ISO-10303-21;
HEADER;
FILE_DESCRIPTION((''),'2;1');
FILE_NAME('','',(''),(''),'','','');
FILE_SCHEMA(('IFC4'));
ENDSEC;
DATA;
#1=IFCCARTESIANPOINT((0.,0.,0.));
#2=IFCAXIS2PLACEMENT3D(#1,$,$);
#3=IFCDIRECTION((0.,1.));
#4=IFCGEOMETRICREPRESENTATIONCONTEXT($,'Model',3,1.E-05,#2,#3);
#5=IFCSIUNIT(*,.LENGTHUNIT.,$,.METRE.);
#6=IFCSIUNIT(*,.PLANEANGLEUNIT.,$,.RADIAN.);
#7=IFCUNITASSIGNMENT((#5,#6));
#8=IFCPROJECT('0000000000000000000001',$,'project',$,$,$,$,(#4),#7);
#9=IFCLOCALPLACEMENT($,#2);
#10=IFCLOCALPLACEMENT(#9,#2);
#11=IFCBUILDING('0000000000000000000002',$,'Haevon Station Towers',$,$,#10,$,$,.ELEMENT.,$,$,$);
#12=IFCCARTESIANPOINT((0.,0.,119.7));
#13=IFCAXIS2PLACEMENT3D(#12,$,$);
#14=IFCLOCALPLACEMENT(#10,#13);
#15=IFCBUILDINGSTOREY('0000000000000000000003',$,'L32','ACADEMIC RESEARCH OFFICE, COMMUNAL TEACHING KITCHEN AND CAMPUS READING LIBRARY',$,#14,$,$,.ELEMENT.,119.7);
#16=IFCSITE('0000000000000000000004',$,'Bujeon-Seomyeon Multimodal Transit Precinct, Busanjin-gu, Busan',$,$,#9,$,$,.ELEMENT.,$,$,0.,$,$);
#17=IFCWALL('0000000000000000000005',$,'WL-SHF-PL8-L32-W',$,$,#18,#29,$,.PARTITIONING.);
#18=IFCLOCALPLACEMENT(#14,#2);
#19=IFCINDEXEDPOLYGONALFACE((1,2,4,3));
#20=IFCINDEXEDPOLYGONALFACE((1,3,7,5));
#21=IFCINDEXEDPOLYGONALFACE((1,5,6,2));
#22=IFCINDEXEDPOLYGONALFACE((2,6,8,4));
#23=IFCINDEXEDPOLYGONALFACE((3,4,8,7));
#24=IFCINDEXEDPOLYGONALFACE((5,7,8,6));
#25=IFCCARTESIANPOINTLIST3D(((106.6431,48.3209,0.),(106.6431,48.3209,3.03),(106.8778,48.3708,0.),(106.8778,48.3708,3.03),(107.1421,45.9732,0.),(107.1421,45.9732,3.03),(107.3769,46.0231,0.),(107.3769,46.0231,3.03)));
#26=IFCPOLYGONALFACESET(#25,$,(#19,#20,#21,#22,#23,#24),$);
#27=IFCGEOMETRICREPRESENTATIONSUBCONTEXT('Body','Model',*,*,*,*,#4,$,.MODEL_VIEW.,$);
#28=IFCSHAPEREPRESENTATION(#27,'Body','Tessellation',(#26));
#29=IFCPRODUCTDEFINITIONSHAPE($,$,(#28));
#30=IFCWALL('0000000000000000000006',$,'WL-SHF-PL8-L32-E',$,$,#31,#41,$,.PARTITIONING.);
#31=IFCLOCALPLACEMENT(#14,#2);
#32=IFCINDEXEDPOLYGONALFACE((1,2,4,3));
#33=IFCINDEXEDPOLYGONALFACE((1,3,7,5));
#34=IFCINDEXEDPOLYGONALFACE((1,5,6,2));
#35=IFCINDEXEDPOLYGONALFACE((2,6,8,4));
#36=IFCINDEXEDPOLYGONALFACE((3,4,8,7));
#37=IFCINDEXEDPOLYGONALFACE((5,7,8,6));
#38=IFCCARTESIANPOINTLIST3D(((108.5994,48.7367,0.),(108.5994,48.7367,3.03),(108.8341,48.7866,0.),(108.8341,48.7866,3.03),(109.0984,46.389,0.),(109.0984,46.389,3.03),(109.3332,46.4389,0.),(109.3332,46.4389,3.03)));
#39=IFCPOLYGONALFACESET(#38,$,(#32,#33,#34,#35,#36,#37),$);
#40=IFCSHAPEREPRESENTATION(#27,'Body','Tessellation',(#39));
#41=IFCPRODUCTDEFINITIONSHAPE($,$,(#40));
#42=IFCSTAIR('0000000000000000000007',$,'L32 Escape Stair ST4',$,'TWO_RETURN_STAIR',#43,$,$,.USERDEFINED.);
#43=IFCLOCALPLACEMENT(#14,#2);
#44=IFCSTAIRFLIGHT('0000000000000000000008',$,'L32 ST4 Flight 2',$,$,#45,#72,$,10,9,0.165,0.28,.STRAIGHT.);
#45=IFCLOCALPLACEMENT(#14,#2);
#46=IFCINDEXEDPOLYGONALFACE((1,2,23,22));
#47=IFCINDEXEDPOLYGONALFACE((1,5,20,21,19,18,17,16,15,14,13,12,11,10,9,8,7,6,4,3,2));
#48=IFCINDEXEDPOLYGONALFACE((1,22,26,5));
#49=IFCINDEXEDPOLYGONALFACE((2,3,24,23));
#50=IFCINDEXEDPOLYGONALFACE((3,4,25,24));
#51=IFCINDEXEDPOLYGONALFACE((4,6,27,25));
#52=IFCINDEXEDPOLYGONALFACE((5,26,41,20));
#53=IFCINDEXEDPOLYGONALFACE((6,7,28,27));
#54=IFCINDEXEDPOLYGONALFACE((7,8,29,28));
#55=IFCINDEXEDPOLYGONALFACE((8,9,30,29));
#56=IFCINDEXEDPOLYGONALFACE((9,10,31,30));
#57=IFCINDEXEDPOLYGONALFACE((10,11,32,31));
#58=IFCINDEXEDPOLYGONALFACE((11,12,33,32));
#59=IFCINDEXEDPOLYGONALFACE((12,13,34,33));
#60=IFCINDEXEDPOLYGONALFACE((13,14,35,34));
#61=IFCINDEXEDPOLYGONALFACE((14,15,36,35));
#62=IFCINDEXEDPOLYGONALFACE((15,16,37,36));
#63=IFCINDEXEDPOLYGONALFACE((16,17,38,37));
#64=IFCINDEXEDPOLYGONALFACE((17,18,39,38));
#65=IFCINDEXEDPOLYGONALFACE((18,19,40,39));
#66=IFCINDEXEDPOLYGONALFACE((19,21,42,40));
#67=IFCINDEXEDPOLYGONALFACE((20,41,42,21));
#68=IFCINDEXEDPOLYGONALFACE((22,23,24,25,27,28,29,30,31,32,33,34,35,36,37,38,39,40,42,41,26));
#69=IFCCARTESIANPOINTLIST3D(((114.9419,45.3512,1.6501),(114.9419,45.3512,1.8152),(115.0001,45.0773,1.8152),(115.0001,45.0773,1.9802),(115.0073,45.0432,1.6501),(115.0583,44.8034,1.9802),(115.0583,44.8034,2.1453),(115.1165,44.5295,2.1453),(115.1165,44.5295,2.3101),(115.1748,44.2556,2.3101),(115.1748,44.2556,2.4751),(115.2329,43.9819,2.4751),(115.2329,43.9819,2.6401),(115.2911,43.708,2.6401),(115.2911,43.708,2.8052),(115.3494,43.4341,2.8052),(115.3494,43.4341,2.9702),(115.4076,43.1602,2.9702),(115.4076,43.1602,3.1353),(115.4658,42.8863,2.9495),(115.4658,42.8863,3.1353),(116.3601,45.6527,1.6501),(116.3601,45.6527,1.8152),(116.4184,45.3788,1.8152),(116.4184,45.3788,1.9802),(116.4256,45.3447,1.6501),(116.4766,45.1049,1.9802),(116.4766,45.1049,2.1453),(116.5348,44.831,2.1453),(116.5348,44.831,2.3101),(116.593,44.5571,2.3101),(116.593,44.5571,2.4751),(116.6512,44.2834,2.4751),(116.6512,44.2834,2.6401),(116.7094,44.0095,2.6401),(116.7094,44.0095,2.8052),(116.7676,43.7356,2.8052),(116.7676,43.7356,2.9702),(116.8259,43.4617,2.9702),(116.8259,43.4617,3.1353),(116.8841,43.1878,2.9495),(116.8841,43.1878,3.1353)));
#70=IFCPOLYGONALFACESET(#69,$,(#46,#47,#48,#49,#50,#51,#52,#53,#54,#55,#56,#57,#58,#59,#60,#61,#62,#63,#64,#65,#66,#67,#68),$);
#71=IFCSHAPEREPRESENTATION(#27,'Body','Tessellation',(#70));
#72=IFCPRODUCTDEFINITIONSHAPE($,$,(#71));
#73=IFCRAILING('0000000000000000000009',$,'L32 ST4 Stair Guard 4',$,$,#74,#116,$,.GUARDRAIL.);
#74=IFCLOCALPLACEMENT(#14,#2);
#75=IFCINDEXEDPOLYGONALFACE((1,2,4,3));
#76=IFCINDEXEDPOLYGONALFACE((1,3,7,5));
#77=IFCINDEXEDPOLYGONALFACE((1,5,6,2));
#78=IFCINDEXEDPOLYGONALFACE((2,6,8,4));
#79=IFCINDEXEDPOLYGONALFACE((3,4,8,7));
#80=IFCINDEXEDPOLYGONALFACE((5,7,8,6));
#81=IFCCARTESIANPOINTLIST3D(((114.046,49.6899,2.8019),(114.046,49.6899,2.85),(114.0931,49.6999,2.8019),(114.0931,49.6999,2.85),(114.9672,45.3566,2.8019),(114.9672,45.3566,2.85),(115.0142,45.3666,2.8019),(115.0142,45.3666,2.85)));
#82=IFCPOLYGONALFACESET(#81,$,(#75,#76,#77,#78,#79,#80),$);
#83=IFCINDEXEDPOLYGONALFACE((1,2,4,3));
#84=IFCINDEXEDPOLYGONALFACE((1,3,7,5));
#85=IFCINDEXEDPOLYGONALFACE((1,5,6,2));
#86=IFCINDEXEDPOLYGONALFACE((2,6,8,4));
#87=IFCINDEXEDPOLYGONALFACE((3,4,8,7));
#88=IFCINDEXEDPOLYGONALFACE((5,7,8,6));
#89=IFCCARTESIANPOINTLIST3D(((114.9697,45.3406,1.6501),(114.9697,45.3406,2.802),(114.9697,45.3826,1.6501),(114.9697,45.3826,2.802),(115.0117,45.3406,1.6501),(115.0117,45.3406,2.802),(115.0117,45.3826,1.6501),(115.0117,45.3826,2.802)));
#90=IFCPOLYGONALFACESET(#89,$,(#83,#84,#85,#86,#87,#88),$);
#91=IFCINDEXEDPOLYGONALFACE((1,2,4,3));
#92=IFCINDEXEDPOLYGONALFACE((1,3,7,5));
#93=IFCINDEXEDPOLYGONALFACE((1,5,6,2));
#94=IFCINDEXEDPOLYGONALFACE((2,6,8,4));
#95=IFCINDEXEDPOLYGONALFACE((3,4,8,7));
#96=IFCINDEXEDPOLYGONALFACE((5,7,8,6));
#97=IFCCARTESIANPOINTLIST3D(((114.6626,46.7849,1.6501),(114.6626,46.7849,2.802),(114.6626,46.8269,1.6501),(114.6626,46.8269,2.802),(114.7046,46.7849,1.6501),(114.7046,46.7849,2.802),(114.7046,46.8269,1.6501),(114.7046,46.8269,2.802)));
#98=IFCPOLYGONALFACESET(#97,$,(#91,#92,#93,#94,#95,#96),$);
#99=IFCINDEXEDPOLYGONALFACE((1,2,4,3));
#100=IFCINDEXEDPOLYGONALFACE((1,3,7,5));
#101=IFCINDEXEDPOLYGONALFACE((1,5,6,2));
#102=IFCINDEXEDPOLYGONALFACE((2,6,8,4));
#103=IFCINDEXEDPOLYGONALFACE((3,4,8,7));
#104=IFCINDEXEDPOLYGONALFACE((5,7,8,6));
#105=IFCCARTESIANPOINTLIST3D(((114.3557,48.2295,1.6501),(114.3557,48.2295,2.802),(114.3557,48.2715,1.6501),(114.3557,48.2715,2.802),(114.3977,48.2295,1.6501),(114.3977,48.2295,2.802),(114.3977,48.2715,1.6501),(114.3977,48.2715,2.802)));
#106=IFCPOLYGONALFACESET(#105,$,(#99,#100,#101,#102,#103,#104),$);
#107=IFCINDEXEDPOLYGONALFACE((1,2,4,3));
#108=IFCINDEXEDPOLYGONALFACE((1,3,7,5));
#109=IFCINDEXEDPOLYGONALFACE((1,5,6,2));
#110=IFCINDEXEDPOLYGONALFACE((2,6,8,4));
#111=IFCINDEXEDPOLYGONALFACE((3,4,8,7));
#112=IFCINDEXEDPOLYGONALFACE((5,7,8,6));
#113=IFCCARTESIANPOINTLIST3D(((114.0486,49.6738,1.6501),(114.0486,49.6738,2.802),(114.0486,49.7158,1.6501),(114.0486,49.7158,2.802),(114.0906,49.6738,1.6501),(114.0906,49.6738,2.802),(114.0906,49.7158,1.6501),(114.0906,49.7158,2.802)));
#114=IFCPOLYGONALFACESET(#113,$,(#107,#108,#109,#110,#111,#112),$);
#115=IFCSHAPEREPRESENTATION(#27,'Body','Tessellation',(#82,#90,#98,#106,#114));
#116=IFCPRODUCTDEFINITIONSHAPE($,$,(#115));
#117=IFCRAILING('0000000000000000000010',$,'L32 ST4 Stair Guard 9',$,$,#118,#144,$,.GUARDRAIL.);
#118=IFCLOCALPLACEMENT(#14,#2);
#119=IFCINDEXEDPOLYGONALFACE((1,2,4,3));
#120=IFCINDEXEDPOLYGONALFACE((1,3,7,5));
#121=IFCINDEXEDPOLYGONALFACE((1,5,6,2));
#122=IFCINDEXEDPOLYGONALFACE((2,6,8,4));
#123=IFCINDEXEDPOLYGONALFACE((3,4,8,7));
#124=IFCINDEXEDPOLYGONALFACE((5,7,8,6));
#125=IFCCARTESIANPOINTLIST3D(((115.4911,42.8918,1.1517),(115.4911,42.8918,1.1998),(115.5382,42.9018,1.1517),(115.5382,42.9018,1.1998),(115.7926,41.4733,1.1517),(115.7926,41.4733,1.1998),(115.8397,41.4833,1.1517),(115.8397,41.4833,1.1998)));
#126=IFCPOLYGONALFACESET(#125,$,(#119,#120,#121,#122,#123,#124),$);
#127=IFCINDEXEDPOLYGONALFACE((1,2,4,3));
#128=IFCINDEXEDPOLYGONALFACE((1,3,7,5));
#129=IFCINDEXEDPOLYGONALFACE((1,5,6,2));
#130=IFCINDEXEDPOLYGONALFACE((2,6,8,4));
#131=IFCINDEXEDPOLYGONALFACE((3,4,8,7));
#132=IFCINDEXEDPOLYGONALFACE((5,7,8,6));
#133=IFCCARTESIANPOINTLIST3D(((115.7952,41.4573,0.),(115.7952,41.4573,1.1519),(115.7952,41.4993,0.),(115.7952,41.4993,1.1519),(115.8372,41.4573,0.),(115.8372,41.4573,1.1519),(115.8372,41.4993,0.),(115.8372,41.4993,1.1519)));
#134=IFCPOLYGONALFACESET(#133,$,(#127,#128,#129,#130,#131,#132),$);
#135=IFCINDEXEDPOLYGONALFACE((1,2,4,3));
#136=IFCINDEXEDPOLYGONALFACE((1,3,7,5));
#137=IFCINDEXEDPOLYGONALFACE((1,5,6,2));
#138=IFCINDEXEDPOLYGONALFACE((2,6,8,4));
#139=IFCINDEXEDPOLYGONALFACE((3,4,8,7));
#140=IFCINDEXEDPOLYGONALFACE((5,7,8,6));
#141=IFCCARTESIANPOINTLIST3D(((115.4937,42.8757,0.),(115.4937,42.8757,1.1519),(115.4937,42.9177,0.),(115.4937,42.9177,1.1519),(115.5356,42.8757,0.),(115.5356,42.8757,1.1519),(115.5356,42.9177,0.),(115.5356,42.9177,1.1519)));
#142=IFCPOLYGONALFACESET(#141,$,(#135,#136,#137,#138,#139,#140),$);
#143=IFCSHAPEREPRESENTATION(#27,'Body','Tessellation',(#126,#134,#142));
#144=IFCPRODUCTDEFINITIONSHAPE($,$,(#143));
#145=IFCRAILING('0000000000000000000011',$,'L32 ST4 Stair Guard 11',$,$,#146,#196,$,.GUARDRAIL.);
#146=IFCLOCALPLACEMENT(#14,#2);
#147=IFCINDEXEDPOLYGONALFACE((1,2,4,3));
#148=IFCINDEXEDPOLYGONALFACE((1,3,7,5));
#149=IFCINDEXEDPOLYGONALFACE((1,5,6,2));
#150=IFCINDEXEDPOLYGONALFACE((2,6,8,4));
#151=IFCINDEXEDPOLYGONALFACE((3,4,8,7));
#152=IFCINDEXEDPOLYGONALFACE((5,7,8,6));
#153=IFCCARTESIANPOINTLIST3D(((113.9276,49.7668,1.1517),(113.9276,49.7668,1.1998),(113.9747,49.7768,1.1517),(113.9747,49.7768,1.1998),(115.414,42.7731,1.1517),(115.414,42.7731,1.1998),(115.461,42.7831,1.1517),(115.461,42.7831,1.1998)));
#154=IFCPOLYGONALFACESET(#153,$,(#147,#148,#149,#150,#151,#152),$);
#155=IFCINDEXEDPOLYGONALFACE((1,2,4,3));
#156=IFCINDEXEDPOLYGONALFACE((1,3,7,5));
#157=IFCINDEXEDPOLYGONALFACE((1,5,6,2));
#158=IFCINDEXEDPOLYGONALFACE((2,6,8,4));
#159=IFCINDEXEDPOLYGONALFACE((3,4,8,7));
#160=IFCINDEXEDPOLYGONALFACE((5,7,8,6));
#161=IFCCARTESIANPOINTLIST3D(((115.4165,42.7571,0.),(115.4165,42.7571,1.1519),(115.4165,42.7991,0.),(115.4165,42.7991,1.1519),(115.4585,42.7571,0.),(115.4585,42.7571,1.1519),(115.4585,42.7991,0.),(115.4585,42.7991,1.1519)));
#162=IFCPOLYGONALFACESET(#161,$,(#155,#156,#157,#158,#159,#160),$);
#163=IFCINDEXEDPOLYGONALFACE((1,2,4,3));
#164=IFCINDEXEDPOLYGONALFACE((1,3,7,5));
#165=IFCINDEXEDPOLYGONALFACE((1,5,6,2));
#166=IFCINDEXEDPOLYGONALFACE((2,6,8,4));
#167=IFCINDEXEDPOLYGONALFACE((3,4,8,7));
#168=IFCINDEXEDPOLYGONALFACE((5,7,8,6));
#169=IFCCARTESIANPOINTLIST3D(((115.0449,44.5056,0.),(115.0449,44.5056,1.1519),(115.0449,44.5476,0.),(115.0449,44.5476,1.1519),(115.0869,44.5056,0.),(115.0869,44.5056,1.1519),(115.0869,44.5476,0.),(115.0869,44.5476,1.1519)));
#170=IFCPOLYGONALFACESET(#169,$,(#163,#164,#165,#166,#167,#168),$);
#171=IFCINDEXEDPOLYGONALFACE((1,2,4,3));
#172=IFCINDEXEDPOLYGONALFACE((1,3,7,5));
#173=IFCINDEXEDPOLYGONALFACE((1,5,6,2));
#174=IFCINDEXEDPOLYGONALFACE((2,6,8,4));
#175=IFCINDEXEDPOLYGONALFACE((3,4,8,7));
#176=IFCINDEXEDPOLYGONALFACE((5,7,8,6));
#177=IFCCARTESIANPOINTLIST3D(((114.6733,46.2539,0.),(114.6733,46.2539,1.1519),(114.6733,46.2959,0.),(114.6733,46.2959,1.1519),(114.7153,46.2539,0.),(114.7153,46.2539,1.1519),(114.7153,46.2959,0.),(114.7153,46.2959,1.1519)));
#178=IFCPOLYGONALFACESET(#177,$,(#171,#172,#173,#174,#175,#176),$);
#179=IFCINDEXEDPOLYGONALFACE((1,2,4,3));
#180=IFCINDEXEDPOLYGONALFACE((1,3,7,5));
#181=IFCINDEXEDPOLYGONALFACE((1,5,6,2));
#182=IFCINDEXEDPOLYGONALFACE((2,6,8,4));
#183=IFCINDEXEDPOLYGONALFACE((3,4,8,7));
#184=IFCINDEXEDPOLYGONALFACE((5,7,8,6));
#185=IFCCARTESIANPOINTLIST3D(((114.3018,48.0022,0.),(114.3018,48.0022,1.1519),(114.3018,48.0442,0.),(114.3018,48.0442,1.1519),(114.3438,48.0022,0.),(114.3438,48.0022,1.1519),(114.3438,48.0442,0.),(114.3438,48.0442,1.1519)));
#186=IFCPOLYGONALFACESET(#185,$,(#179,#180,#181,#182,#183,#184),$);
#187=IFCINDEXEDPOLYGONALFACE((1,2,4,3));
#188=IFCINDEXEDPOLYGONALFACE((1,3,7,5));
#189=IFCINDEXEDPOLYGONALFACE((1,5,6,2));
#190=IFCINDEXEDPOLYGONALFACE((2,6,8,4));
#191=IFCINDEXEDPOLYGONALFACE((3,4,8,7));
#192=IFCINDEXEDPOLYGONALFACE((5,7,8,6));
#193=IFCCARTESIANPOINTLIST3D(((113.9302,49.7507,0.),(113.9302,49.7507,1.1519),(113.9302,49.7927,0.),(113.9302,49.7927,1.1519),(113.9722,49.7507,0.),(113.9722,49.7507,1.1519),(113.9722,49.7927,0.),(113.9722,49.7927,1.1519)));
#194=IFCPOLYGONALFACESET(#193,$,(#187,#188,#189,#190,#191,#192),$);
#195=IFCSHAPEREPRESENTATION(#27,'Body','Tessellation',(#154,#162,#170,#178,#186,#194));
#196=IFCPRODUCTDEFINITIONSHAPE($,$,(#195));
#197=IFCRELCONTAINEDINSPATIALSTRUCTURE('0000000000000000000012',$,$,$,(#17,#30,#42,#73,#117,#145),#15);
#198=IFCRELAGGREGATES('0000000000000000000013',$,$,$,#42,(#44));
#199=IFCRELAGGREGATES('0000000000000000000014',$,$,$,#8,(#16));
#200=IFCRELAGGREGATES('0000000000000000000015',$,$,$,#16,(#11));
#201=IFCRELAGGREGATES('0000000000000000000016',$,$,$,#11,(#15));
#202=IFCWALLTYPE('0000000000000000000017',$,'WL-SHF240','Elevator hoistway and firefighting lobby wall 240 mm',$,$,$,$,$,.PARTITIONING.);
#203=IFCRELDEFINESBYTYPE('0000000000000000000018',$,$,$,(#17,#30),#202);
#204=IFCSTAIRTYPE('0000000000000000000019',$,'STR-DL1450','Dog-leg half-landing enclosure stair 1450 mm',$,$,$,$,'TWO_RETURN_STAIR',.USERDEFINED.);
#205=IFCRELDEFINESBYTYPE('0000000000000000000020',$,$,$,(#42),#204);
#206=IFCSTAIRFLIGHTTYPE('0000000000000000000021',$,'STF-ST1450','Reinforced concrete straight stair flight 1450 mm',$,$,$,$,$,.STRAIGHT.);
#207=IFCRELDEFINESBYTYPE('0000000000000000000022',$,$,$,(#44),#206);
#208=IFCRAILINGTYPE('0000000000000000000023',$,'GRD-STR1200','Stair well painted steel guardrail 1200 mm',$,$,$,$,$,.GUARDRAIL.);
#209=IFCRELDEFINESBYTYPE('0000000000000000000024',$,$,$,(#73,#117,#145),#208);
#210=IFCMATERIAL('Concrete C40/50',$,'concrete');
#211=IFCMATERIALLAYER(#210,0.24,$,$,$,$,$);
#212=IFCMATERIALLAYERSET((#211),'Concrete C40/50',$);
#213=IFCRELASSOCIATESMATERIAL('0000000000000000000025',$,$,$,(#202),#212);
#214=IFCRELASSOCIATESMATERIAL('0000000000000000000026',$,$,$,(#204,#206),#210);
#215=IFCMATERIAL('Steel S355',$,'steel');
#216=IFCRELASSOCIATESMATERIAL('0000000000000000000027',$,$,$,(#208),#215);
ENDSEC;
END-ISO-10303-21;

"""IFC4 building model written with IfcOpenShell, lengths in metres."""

from ifc_helpers import new_model, si_unit, direction, frame, frame_2d, origin, origin_2d, place, context, subcontext, project, spatial, polyline, rectangle, outline, extrude, material, layer, layer_set, type_object, element, aggregate, save


model = new_model("IFC4")

# Units and contexts
model_context = context("Model", 3, precision=1e-05, world=origin(), true_north=direction((0.0, 1.0)))
body_context = subcontext(model_context, "Body", "Model", "MODEL_VIEW")
ifc_project = project(units=[si_unit("LENGTHUNIT", "METRE"), si_unit("PLANEANGLEUNIT", "RADIAN")], contexts=[model_context])

# Site, building, storey
site_placement = place(None, origin())
site = spatial("IfcSite", under=ifc_project, at=site_placement, Name="Bujeon-Seomyeon Multimodal Transit Precinct, Busanjin-gu, Busan", CompositionType="ELEMENT", RefElevation=0.0)
building_placement = place(site_placement, origin())
building = spatial("IfcBuilding", under=site, at=building_placement, Name="Haevon Station Towers", CompositionType="ELEMENT")
storey_placement = place(building_placement, frame((0.0, 0.0, 119.7)))
storey = spatial("IfcBuildingStorey", under=building, at=storey_placement, Name="L32", Description="ACADEMIC RESEARCH OFFICE, COMMUNAL TEACHING KITCHEN AND CAMPUS READING LIBRARY", CompositionType="ELEMENT", Elevation=119.7)

# Shared definitions
ifc_material_1 = material(Name="Steel S355", Category="steel")

# Shared definitions
ifc_material_2 = material(Name="Concrete C40/50", Category="concrete")
ifc_layer_1 = layer(ifc_material_2, 0.24)
ifc_layer_set_1 = layer_set([ifc_layer_1], Name="Concrete C40/50")
wall_type_1 = type_object("IfcWallType", Name="WL-SHF240", Description="Elevator hoistway and firefighting lobby wall 240 mm", PredefinedType="PARTITIONING", material=ifc_layer_set_1)

# Walls
for number, where, z_axis, x_axis, name in (
    (1, (107.2595, 45.998, 0.0), (0.0, 0.0, 1.0), (-0.207917, 0.978146, 0.0), "WL-SHF-PL8-L32-W"),
    (2, (109.2158, 46.4138, 0.0), (0.0, 0.0, 1.0), (-0.207917, 0.978146, 0.0), "WL-SHF-PL8-L32-E"),
):
    element("IfcWall", number, at=place(storey_placement, frame(where, z_axis=z_axis, x_axis=x_axis)), inside=storey, type_object=wall_type_1, Name=name, PredefinedType="PARTITIONING", context=body_context, shape_type="SweptSolid", body=[
        extrude(rectangle(XDim=2.4001, YDim=0.24, at=frame_2d((1.2002, 0.0))), origin(), (0.0, 0.0, 1.0), 3.03),
    ])

# Stair, stair flight
stair_type = type_object("IfcStairType", Name="STR-DL1450", Description="Dog-leg half-landing enclosure stair 1450 mm", ElementType="TWO_RETURN_STAIR", PredefinedType="USERDEFINED", material=ifc_material_2)
stair_placement = place(storey_placement, origin())
stair = element("IfcStair", 3, at=stair_placement, inside=storey, type_object=stair_type, Name="L32 Escape Stair ST4", ObjectType="TWO_RETURN_STAIR", PredefinedType="USERDEFINED")
stair_flight_type = type_object("IfcStairFlightType", Name="STF-ST1450", Description="Reinforced concrete straight stair flight 1450 mm", PredefinedType="STRAIGHT", material=ifc_material_2)
stair_flight_placement = place(storey_placement, frame((115.6509, 45.502, 1.6501), z_axis=(0.0, 0.0, 1.0), x_axis=(0.207912, -0.978148, 0.0)))
stair_flight = element("IfcStairFlight", 4, at=stair_flight_placement, type_object=stair_flight_type, Name="L32 ST4 Flight 2", NumberOfRisers=10, NumberOfTreads=9, PredefinedType="STRAIGHT", RiserHeight=0.165, TreadLength=0.28, context=body_context, shape_type="SweptSolid", body=[
    extrude(outline(polyline([(0.0, 0.0), (0.0, 0.165), (0.28, 0.165), (0.28, 0.3301), (0.5601, 0.3301), (0.5601, 0.4951), (0.8401, 0.4951), (0.8401, 0.6599), (1.1201, 0.6599), (1.1201, 0.825), (1.3999, 0.825), (1.3999, 0.99), (1.6799, 0.99), (1.6799, 1.155), (1.96, 1.155), (1.96, 1.3201), (2.24, 1.3201), (2.24, 1.4851), (2.52, 1.4851), (2.52, 1.6499), (2.52, 1.2993), (0.3149, 0.0), (0.0, 0.0)])), frame((0.0, 0.7251, 0.0), z_axis=(0.0, -1.0, 0.0), x_axis=(1.0, 0.0, 0.0)), (0.0, 0.0, 1.0), 1.45),
])
aggregate(stair, [stair_flight])

# Railings
railing_type_1 = type_object("IfcRailingType", Name="GRD-STR1200", Description="Stair well painted steel guardrail 1200 mm", PredefinedType="GUARDRAIL", material=ifc_material_1)
railing_1_placement = place(storey_placement, frame((114.9907, 45.3616, 1.6501)))
element("IfcRailing", 5, at=railing_1_placement, inside=storey, type_object=railing_type_1, Name="L32 ST4 Stair Guard 4", PredefinedType="GUARDRAIL", context=body_context, shape_type="SweptSolid", body=[
    extrude(rectangle(XDim=0.0481, YDim=0.0481, at=origin_2d()), frame((0.0, 0.0, 1.1758), z_axis=(-0.207929, 0.978144, 0.0), x_axis=(-0.978144, -0.207929, 0.0)), (0.0, 0.0, 1.0), 4.4302),
    extrude(rectangle(XDim=0.042, YDim=0.042, at=origin_2d()), origin(), (0.0, 0.0, 1.0), 1.1519),
    extrude(rectangle(XDim=0.042, YDim=0.042, at=origin_2d()), frame((-0.3071, 1.4443, 0.0)), (0.0, 0.0, 1.0), 1.1519),
    extrude(rectangle(XDim=0.042, YDim=0.042, at=origin_2d()), frame((-0.614, 2.8889, 0.0)), (0.0, 0.0, 1.0), 1.1519),
    extrude(rectangle(XDim=0.042, YDim=0.042, at=origin_2d()), frame((-0.9211, 4.3333, 0.0)), (0.0, 0.0, 1.0), 1.1519),
])
railing_2_placement = place(storey_placement, frame((115.8162, 41.4783, 0.0)))
element("IfcRailing", 6, at=railing_2_placement, inside=storey, type_object=railing_type_1, Name="L32 ST4 Stair Guard 9", PredefinedType="GUARDRAIL", context=body_context, shape_type="SweptSolid", body=[
    extrude(rectangle(XDim=0.0481, YDim=0.0481, at=origin_2d()), frame((0.0, 0.0, 1.1758), z_axis=(-0.207919, 0.978146, 0.0), x_axis=(-0.978146, -0.207919, 0.0)), (0.0, 0.0, 1.0), 1.4502),
    extrude(rectangle(XDim=0.042, YDim=0.042, at=origin_2d()), origin(), (0.0, 0.0, 1.0), 1.1519),
    extrude(rectangle(XDim=0.042, YDim=0.042, at=origin_2d()), frame((-0.3015, 1.4185, 0.0)), (0.0, 0.0, 1.0), 1.1519),
])
railing_3_placement = place(storey_placement, frame((115.4375, 42.7781, 0.0)))
element("IfcRailing", 7, at=railing_3_placement, inside=storey, type_object=railing_type_1, Name="L32 ST4 Stair Guard 11", PredefinedType="GUARDRAIL", context=body_context, shape_type="SweptSolid", body=[
    extrude(rectangle(XDim=0.0481, YDim=0.0481, at=origin_2d()), frame((0.0, 0.0, 1.1758), z_axis=(-0.207882, 0.978154, 0.0), x_axis=(-0.978154, -0.207882, 0.0)), (0.0, 0.0, 1.0), 7.1499),
    extrude(rectangle(XDim=0.042, YDim=0.042, at=origin_2d()), origin(), (0.0, 0.0, 1.0), 1.1519),
    extrude(rectangle(XDim=0.042, YDim=0.042, at=origin_2d()), frame((-0.3716, 1.7485, 0.0)), (0.0, 0.0, 1.0), 1.1519),
    extrude(rectangle(XDim=0.042, YDim=0.042, at=origin_2d()), frame((-0.7432, 3.4968, 0.0)), (0.0, 0.0, 1.0), 1.1519),
    extrude(rectangle(XDim=0.042, YDim=0.042, at=origin_2d()), frame((-1.1147, 5.2451, 0.0)), (0.0, 0.0, 1.0), 1.1519),
    extrude(rectangle(XDim=0.042, YDim=0.042, at=origin_2d()), frame((-1.4863, 6.9937, 0.0)), (0.0, 0.0, 1.0), 1.1519),
])

save(model, "model.ifc")
